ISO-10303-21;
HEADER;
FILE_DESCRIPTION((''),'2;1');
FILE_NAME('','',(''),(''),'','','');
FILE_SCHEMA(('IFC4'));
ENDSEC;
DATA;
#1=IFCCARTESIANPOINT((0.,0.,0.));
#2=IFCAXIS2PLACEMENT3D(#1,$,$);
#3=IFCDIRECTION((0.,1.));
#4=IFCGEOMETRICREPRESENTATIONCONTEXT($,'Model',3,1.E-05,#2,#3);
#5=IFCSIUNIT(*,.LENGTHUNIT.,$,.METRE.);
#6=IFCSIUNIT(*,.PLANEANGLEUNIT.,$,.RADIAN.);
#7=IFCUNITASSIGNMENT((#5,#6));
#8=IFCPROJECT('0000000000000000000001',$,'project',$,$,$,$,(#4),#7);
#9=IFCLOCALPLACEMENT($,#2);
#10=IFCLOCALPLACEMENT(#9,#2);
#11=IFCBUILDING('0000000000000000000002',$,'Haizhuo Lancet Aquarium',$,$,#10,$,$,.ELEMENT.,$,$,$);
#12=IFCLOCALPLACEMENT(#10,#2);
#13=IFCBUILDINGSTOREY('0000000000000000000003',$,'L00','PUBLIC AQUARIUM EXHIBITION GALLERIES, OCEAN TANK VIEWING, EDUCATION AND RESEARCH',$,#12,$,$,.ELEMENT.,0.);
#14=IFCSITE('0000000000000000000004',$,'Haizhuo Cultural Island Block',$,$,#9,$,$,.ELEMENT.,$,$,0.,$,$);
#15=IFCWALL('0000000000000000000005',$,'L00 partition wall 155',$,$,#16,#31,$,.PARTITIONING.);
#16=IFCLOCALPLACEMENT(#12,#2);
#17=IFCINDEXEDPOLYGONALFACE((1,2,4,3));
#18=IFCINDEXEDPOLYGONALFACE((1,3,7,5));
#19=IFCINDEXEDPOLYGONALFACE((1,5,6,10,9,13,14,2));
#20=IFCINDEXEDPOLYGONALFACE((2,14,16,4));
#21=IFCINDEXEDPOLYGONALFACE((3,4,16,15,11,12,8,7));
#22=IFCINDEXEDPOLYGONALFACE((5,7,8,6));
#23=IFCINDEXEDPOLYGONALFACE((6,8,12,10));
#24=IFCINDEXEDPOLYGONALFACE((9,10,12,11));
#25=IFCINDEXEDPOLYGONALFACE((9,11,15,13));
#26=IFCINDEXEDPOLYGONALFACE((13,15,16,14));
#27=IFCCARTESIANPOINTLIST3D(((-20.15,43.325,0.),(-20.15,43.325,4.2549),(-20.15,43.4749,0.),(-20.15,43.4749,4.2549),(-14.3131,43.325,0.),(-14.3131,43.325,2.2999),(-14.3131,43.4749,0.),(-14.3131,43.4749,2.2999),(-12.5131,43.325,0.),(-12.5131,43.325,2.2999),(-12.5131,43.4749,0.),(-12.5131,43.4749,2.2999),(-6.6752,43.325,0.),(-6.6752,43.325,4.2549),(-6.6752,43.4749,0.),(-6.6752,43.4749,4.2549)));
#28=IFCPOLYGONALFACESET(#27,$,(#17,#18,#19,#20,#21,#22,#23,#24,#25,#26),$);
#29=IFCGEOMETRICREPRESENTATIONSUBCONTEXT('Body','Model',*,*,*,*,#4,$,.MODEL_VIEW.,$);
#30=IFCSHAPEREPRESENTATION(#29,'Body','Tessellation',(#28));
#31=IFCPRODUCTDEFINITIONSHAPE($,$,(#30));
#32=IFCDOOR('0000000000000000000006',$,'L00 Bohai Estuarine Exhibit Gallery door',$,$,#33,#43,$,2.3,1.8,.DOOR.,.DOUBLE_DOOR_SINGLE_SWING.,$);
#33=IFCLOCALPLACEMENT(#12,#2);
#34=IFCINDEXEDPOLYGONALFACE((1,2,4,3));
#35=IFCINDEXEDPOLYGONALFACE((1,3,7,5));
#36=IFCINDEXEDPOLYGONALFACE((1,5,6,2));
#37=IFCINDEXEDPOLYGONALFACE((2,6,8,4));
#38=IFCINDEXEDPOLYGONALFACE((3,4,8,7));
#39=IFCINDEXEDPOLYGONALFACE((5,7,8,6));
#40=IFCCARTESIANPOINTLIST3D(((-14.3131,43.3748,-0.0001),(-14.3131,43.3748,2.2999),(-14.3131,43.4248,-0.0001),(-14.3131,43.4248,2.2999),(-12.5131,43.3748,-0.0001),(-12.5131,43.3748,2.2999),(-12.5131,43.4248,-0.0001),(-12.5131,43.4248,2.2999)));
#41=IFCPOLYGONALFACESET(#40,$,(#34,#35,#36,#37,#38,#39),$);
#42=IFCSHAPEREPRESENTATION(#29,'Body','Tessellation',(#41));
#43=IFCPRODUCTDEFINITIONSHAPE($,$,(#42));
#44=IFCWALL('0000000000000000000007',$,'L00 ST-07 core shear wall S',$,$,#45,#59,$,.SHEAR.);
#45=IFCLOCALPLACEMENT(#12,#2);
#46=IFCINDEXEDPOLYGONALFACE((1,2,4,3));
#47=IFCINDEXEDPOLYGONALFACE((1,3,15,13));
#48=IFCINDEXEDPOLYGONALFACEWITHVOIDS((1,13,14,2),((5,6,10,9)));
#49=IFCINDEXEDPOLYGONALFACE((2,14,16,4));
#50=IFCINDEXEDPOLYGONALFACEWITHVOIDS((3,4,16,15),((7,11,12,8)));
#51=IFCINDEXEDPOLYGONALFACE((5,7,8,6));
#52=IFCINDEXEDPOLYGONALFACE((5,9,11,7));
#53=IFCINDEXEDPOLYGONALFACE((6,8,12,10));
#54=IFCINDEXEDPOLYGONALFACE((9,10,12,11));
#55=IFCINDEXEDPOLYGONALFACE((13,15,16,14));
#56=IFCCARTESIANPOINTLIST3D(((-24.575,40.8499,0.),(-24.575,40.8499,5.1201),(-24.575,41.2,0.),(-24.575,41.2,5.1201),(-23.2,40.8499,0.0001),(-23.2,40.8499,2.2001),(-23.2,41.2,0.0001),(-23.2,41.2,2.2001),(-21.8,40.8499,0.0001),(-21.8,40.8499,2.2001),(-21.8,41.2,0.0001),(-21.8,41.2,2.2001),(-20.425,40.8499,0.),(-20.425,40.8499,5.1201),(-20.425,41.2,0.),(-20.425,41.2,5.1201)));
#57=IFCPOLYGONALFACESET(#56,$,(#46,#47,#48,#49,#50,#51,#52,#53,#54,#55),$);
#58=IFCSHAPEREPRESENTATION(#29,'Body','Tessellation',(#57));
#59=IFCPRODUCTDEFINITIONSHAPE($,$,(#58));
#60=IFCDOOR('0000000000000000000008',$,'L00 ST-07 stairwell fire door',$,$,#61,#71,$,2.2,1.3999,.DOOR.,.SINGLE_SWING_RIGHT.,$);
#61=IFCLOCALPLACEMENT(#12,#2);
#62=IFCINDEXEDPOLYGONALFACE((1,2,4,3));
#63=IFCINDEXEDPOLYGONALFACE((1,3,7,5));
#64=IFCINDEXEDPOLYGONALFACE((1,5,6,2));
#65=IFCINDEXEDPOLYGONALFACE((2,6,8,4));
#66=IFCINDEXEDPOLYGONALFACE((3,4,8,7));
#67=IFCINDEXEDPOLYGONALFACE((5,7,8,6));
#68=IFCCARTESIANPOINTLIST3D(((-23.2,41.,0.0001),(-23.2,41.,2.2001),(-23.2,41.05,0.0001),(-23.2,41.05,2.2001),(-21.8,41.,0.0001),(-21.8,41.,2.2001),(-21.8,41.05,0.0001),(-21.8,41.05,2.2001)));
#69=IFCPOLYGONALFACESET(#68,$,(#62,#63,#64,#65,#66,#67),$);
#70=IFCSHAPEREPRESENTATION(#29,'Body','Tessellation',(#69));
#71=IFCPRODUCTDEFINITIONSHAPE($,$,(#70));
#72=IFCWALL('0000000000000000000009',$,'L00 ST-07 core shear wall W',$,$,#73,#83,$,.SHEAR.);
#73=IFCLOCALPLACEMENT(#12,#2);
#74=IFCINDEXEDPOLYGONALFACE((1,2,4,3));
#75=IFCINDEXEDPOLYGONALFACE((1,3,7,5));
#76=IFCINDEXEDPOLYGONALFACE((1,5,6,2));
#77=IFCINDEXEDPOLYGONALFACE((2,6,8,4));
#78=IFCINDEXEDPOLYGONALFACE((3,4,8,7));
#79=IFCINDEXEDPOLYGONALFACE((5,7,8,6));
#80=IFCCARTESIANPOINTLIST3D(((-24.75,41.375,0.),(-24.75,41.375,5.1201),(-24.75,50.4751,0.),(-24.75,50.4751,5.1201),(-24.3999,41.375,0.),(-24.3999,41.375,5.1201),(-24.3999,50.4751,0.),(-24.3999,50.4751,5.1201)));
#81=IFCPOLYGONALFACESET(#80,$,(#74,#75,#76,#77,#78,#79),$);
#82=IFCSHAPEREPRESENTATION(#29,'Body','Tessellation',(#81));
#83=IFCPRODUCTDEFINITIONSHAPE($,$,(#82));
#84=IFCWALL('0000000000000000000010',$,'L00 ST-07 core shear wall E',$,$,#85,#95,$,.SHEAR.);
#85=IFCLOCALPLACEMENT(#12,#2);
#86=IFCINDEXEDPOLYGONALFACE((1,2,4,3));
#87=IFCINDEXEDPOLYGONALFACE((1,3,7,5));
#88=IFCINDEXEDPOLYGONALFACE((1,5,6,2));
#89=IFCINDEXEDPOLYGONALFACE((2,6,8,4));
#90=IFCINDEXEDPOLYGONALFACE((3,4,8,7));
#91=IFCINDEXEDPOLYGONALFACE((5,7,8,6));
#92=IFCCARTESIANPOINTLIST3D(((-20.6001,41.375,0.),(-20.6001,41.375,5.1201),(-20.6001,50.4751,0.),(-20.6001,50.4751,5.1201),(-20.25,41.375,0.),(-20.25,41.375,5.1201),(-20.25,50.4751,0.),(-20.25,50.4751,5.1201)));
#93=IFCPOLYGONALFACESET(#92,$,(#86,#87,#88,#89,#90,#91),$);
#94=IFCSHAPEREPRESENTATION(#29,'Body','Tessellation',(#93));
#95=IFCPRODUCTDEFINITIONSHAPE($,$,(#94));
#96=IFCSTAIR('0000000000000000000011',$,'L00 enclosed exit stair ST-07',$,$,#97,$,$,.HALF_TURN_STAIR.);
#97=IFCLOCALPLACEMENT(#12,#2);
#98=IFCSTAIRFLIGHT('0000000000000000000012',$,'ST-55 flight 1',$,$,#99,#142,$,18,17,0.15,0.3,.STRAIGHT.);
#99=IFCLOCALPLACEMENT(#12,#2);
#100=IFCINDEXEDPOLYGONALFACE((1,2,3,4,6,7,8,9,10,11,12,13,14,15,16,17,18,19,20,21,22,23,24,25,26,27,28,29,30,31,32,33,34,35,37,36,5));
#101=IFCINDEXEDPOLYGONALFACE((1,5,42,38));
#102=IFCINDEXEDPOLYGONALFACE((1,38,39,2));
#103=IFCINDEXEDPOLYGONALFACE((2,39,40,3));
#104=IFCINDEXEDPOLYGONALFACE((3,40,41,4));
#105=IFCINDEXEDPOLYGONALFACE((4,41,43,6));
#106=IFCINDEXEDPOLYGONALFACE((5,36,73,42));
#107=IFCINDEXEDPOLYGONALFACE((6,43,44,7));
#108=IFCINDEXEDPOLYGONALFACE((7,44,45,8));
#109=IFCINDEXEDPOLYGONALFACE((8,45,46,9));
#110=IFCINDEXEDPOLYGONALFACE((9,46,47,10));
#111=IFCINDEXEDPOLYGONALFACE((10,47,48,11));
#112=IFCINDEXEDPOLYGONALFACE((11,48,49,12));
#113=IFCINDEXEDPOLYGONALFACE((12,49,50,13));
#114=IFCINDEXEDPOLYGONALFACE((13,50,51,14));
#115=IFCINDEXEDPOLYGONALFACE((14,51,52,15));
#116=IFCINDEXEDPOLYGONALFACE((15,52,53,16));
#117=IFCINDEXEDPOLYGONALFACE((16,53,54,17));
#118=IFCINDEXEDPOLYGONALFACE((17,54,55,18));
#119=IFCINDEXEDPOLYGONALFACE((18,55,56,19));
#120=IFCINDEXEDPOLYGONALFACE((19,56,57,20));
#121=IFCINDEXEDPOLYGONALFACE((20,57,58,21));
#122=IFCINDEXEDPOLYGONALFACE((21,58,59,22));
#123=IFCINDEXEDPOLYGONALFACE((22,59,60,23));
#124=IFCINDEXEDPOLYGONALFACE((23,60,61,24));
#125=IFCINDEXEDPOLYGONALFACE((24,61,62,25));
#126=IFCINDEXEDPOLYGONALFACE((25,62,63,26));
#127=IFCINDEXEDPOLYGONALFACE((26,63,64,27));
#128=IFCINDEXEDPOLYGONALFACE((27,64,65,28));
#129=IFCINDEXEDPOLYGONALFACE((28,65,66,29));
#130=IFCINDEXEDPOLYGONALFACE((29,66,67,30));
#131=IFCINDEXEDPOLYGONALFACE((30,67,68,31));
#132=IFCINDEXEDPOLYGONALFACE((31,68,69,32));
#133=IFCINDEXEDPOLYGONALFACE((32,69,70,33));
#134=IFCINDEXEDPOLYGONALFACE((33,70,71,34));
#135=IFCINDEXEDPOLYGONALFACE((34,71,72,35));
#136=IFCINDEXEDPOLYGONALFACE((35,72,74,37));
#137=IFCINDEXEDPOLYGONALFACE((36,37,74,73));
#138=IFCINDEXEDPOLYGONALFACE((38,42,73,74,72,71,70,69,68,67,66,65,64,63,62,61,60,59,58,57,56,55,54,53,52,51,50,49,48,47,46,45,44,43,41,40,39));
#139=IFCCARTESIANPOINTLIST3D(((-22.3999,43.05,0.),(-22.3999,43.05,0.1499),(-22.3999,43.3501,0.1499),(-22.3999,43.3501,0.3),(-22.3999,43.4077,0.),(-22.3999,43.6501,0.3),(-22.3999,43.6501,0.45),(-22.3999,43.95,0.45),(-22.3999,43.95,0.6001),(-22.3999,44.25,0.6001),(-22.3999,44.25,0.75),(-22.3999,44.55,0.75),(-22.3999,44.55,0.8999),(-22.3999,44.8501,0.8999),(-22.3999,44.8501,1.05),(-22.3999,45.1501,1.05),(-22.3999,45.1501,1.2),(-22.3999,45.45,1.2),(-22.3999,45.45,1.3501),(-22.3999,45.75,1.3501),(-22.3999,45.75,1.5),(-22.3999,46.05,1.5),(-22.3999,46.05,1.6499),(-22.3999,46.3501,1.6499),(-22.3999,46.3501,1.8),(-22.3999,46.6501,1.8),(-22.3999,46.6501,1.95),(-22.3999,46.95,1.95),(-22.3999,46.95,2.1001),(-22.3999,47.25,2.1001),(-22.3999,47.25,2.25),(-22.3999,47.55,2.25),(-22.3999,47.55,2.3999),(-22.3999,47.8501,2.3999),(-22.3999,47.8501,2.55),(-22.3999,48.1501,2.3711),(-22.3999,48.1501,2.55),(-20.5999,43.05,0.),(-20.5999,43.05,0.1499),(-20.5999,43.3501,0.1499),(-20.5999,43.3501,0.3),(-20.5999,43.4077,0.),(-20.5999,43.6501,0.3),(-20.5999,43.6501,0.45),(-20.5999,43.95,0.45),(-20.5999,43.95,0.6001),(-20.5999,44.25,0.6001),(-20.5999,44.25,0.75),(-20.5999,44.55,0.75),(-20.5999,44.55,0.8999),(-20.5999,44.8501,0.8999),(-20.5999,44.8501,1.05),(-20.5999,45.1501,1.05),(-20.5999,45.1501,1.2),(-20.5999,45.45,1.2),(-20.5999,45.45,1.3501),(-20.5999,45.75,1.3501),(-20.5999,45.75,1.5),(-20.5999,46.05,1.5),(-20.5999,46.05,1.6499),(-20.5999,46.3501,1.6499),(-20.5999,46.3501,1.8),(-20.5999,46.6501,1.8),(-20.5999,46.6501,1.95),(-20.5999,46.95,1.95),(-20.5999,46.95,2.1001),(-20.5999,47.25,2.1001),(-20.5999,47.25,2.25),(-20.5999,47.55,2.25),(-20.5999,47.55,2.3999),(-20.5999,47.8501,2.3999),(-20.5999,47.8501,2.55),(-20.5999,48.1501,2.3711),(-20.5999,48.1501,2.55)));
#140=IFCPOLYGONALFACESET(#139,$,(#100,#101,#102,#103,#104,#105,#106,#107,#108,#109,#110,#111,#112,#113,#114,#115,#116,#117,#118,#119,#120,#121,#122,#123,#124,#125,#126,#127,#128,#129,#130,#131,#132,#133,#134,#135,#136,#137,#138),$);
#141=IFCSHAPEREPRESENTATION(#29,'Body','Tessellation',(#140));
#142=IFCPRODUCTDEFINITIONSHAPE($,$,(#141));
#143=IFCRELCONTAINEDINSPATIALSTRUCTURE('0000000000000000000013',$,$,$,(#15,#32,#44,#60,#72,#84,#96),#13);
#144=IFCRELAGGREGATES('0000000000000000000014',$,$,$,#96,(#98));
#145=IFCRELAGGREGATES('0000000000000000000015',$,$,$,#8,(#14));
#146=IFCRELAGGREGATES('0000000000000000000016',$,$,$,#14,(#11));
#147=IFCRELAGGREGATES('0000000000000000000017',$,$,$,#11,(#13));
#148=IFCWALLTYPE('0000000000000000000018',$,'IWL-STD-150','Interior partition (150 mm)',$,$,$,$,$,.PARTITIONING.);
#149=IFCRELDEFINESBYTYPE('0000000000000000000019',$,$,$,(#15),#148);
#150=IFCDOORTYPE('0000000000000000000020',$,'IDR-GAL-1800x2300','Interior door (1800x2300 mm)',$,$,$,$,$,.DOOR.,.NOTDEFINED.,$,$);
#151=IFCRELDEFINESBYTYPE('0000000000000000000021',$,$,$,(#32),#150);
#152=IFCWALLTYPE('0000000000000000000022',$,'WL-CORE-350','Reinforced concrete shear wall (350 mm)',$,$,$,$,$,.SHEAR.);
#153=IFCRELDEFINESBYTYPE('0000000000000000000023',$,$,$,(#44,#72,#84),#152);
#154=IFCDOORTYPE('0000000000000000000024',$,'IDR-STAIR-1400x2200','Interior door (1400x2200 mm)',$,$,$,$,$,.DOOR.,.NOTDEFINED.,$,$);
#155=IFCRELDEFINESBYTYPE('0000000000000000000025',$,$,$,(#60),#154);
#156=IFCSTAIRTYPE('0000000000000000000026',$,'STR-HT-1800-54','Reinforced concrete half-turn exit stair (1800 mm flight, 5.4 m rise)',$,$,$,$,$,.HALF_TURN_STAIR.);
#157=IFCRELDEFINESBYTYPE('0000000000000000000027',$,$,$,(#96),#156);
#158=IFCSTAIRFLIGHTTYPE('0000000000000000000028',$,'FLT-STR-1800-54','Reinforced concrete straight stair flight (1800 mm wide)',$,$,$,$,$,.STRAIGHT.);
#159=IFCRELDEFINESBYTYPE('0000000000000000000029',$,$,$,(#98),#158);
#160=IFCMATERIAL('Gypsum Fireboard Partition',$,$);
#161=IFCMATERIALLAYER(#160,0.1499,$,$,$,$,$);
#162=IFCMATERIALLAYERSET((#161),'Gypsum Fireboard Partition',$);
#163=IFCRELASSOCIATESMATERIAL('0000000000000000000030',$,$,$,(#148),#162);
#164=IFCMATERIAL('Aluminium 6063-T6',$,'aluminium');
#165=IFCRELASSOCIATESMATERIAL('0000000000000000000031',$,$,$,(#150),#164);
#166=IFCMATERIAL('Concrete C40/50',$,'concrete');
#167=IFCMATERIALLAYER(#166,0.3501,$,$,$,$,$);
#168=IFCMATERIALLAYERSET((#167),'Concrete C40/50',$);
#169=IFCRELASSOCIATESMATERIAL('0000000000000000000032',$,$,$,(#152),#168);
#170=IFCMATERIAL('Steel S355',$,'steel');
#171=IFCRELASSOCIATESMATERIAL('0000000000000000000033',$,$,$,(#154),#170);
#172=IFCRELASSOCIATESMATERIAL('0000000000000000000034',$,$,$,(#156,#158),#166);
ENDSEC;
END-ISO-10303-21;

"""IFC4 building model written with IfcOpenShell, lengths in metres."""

from ifc_helpers import new_model, si_unit, direction, frame, frame_2d, origin, place, context, subcontext, project, spatial, polyline, rectangle, outline, extrude, material, layer, layer_set, type_object, element, fill, aggregate, save


model = new_model("IFC4")

# Units and contexts
model_context = context("Model", 3, precision=1e-05, world=origin(), true_north=direction((0.0, 1.0)))
body_context = subcontext(model_context, "Body", "Model", "MODEL_VIEW")
ifc_project = project(units=[si_unit("LENGTHUNIT", "METRE"), si_unit("PLANEANGLEUNIT", "RADIAN")], contexts=[model_context])

# Site, building, storey
site_placement = place(None, origin())
site = spatial("IfcSite", under=ifc_project, at=site_placement, Name="Haizhuo Cultural Island Block", CompositionType="ELEMENT", RefElevation=0.0)
building_placement = place(site_placement, origin())
building = spatial("IfcBuilding", under=site, at=building_placement, Name="Haizhuo Lancet Aquarium", CompositionType="ELEMENT")
storey_placement = place(building_placement, origin())
storey = spatial("IfcBuildingStorey", under=building, at=storey_placement, Name="L00", Description="PUBLIC AQUARIUM EXHIBITION GALLERIES, OCEAN TANK VIEWING, EDUCATION AND RESEARCH", CompositionType="ELEMENT", Elevation=0.0)

# Shared definitions
ifc_material_1 = material(Name="Aluminium 6063-T6", Category="aluminium")

# Shared definitions
ifc_material_2 = material(Name="Steel S355", Category="steel")

# Walls, openings, doors
ifc_material_3 = material(Name="Gypsum Fireboard Partition")
ifc_layer_1 = layer(ifc_material_3, 0.1499)
ifc_layer_set_1 = layer_set([ifc_layer_1], Name="Gypsum Fireboard Partition")
wall_type_1 = type_object("IfcWallType", Name="IWL-STD-150", Description="Interior partition (150 mm)", PredefinedType="PARTITIONING", material=ifc_layer_set_1)
wall_1_placement = place(storey_placement, frame((-20.1499, 43.3999, 0.0), z_axis=(0.0, 0.0, 1.0), x_axis=(1.0, 0.0, 0.0)))
wall_1 = element("IfcWall", 1, at=wall_1_placement, inside=storey, type_object=wall_type_1, Name="L00 partition wall 155", PredefinedType="PARTITIONING", context=body_context, shape_type="SweptSolid", body=[
    extrude(rectangle(XDim=13.4749, YDim=0.1499, at=frame_2d((6.7373, 0.0))), origin(), (0.0, 0.0, 1.0), 4.2549),
])
opening_1_placement = place(wall_1_placement, frame((5.8369, 0.0, 0.0)))
opening_1 = element("IfcOpeningElement", 2, at=opening_1_placement, cuts=wall_1, PredefinedType="OPENING", context=body_context, shape_type="SweptSolid", body=[
    extrude(rectangle(XDim=1.8, YDim=2.3, at=frame_2d((0.8999, 1.1499))), frame((0.0, 0.085, 0.0), z_axis=(0.0, -1.0, 0.0), x_axis=(1.0, 0.0, 0.0)), (0.0, 0.0, 1.0), 0.1699),
])
door_type_1 = type_object("IfcDoorType", Name="IDR-GAL-1800x2300", Description="Interior door (1800x2300 mm)", OperationType="NOTDEFINED", PredefinedType="DOOR", material=ifc_material_1)
door_1_placement = place(opening_1_placement, origin())
door_1 = element("IfcDoor", 3, at=door_1_placement, inside=storey, type_object=door_type_1, Name="L00 Bohai Estuarine Exhibit Gallery door", OperationType="DOUBLE_DOOR_SINGLE_SWING", OverallHeight=2.3, OverallWidth=1.8, PredefinedType="DOOR", context=body_context, shape_type="SweptSolid", body=[
    extrude(rectangle(XDim=1.8, YDim=2.3, at=frame_2d((0.8999, 1.1499))), frame((0.0, 0.0249, 0.0), z_axis=(0.0, -1.0, 0.0), x_axis=(1.0, 0.0, 0.0)), (0.0, 0.0, 1.0), 0.05),
])
fill(opening_1, door_1)
ifc_material_4 = material(Name="Concrete C40/50", Category="concrete")
ifc_layer_2 = layer(ifc_material_4, 0.3501)
ifc_layer_set_2 = layer_set([ifc_layer_2], Name="Concrete C40/50")
wall_type_2 = type_object("IfcWallType", Name="WL-CORE-350", Description="Reinforced concrete shear wall (350 mm)", PredefinedType="SHEAR", material=ifc_layer_set_2)
wall_2_placement = place(storey_placement, frame((-20.425, 41.0249, 0.0), z_axis=(0.0, 0.0, 1.0), x_axis=(-1.0, 0.0, 0.0)))
wall_2 = element("IfcWall", 4, at=wall_2_placement, inside=storey, type_object=wall_type_2, Name="L00 ST-07 core shear wall S", PredefinedType="SHEAR", context=body_context, shape_type="SweptSolid", body=[
    extrude(rectangle(XDim=4.1499, YDim=0.3501, at=frame_2d((2.075, 0.0))), origin(), (0.0, 0.0, 1.0), 5.1201),
])
opening_2_placement = place(wall_2_placement, frame((1.375, 0.0, 0.0)))
opening_2 = element("IfcOpeningElement", 5, at=opening_2_placement, cuts=wall_2, PredefinedType="OPENING", context=body_context, shape_type="SweptSolid", body=[
    extrude(rectangle(XDim=1.3999, YDim=2.2, at=frame_2d((0.7, 1.1001))), frame((0.0, 0.1851, 0.0), z_axis=(0.0, -1.0, 0.0), x_axis=(1.0, 0.0, 0.0)), (0.0, 0.0, 1.0), 0.3701),
])
door_type_2 = type_object("IfcDoorType", Name="IDR-STAIR-1400x2200", Description="Interior door (1400x2200 mm)", OperationType="NOTDEFINED", PredefinedType="DOOR", material=ifc_material_2)
door_2_placement = place(opening_2_placement, origin())
door_2 = element("IfcDoor", 6, at=door_2_placement, inside=storey, type_object=door_type_2, Name="L00 ST-07 stairwell fire door", OperationType="SINGLE_SWING_RIGHT", OverallHeight=2.2, OverallWidth=1.3999, PredefinedType="DOOR", context=body_context, shape_type="SweptSolid", body=[
    extrude(rectangle(XDim=1.3999, YDim=2.2, at=frame_2d((0.7, 1.1001))), frame((0.0, 0.0249, 0.0), z_axis=(0.0, -1.0, 0.0), x_axis=(1.0, 0.0, 0.0)), (0.0, 0.0, 1.0), 0.05),
])
fill(opening_2, door_2)

# Walls
for number, where, z_axis, x_axis, name in (
    (7, (-24.575, 41.375, 0.0), (0.0, 0.0, 1.0), (0.0, 1.0, 0.0), "L00 ST-07 core shear wall W"),
    (8, (-20.425, 41.375, 0.0), (0.0, 0.0, 1.0), (0.0, 1.0, 0.0), "L00 ST-07 core shear wall E"),
):
    element("IfcWall", number, at=place(storey_placement, frame(where, z_axis=z_axis, x_axis=x_axis)), inside=storey, type_object=wall_type_2, Name=name, PredefinedType="SHEAR", context=body_context, shape_type="SweptSolid", body=[
        extrude(rectangle(XDim=9.1001, YDim=0.3501, at=frame_2d((4.55, 0.0))), origin(), (0.0, 0.0, 1.0), 5.1201),
    ])

# Stair, stair flight
stair_type = type_object("IfcStairType", Name="STR-HT-1800-54", Description="Reinforced concrete half-turn exit stair (1800 mm flight, 5.4 m rise)", PredefinedType="HALF_TURN_STAIR", material=ifc_material_4)
stair_placement = place(storey_placement, origin())
stair = element("IfcStair", 9, at=stair_placement, inside=storey, type_object=stair_type, Name="L00 enclosed exit stair ST-07", PredefinedType="HALF_TURN_STAIR")
stair_flight_type = type_object("IfcStairFlightType", Name="FLT-STR-1800-54", Description="Reinforced concrete straight stair flight (1800 mm wide)", PredefinedType="STRAIGHT", material=ifc_material_4)
stair_flight_placement = place(storey_placement, frame((-21.5, 43.05, 0.0), z_axis=(0.0, 0.0, 1.0), x_axis=(0.0, 1.0, 0.0)))
stair_flight = element("IfcStairFlight", 10, at=stair_flight_placement, type_object=stair_flight_type, Name="ST-55 flight 1", NumberOfRisers=18, NumberOfTreads=17, PredefinedType="STRAIGHT", RiserHeight=0.15, TreadLength=0.3, context=body_context, shape_type="SweptSolid", body=[
    extrude(outline(polyline([(0.0, 0.0), (0.0, 0.1499), (0.3, 0.1499), (0.3, 0.3), (0.6001, 0.3), (0.6001, 0.45), (0.8999, 0.45), (0.8999, 0.6001), (1.2, 0.6001), (1.2, 0.75), (1.5, 0.75), (1.5, 0.8999), (1.8, 0.8999), (1.8, 1.05), (2.1001, 1.05), (2.1001, 1.2), (2.3999, 1.2), (2.3999, 1.3501), (2.7, 1.3501), (2.7, 1.5), (3.0, 1.5), (3.0, 1.6499), (3.3, 1.6499), (3.3, 1.8), (3.6001, 1.8), (3.6001, 1.95), (3.8999, 1.95), (3.8999, 2.1001), (4.2, 2.1001), (4.2, 2.25), (4.5, 2.25), (4.5, 2.3999), (4.8, 2.3999), (4.8, 2.55), (5.1001, 2.55), (5.1001, 2.7), (5.1001, 2.3711), (0.3577, 0.0), (0.0, 0.0)])), frame((0.0, 0.8999, 0.0), z_axis=(0.0, -1.0, 0.0), x_axis=(1.0, 0.0, 0.0)), (0.0, 0.0, 1.0), 1.8),
])
aggregate(stair, [stair_flight])

save(model, "model.ifc")
